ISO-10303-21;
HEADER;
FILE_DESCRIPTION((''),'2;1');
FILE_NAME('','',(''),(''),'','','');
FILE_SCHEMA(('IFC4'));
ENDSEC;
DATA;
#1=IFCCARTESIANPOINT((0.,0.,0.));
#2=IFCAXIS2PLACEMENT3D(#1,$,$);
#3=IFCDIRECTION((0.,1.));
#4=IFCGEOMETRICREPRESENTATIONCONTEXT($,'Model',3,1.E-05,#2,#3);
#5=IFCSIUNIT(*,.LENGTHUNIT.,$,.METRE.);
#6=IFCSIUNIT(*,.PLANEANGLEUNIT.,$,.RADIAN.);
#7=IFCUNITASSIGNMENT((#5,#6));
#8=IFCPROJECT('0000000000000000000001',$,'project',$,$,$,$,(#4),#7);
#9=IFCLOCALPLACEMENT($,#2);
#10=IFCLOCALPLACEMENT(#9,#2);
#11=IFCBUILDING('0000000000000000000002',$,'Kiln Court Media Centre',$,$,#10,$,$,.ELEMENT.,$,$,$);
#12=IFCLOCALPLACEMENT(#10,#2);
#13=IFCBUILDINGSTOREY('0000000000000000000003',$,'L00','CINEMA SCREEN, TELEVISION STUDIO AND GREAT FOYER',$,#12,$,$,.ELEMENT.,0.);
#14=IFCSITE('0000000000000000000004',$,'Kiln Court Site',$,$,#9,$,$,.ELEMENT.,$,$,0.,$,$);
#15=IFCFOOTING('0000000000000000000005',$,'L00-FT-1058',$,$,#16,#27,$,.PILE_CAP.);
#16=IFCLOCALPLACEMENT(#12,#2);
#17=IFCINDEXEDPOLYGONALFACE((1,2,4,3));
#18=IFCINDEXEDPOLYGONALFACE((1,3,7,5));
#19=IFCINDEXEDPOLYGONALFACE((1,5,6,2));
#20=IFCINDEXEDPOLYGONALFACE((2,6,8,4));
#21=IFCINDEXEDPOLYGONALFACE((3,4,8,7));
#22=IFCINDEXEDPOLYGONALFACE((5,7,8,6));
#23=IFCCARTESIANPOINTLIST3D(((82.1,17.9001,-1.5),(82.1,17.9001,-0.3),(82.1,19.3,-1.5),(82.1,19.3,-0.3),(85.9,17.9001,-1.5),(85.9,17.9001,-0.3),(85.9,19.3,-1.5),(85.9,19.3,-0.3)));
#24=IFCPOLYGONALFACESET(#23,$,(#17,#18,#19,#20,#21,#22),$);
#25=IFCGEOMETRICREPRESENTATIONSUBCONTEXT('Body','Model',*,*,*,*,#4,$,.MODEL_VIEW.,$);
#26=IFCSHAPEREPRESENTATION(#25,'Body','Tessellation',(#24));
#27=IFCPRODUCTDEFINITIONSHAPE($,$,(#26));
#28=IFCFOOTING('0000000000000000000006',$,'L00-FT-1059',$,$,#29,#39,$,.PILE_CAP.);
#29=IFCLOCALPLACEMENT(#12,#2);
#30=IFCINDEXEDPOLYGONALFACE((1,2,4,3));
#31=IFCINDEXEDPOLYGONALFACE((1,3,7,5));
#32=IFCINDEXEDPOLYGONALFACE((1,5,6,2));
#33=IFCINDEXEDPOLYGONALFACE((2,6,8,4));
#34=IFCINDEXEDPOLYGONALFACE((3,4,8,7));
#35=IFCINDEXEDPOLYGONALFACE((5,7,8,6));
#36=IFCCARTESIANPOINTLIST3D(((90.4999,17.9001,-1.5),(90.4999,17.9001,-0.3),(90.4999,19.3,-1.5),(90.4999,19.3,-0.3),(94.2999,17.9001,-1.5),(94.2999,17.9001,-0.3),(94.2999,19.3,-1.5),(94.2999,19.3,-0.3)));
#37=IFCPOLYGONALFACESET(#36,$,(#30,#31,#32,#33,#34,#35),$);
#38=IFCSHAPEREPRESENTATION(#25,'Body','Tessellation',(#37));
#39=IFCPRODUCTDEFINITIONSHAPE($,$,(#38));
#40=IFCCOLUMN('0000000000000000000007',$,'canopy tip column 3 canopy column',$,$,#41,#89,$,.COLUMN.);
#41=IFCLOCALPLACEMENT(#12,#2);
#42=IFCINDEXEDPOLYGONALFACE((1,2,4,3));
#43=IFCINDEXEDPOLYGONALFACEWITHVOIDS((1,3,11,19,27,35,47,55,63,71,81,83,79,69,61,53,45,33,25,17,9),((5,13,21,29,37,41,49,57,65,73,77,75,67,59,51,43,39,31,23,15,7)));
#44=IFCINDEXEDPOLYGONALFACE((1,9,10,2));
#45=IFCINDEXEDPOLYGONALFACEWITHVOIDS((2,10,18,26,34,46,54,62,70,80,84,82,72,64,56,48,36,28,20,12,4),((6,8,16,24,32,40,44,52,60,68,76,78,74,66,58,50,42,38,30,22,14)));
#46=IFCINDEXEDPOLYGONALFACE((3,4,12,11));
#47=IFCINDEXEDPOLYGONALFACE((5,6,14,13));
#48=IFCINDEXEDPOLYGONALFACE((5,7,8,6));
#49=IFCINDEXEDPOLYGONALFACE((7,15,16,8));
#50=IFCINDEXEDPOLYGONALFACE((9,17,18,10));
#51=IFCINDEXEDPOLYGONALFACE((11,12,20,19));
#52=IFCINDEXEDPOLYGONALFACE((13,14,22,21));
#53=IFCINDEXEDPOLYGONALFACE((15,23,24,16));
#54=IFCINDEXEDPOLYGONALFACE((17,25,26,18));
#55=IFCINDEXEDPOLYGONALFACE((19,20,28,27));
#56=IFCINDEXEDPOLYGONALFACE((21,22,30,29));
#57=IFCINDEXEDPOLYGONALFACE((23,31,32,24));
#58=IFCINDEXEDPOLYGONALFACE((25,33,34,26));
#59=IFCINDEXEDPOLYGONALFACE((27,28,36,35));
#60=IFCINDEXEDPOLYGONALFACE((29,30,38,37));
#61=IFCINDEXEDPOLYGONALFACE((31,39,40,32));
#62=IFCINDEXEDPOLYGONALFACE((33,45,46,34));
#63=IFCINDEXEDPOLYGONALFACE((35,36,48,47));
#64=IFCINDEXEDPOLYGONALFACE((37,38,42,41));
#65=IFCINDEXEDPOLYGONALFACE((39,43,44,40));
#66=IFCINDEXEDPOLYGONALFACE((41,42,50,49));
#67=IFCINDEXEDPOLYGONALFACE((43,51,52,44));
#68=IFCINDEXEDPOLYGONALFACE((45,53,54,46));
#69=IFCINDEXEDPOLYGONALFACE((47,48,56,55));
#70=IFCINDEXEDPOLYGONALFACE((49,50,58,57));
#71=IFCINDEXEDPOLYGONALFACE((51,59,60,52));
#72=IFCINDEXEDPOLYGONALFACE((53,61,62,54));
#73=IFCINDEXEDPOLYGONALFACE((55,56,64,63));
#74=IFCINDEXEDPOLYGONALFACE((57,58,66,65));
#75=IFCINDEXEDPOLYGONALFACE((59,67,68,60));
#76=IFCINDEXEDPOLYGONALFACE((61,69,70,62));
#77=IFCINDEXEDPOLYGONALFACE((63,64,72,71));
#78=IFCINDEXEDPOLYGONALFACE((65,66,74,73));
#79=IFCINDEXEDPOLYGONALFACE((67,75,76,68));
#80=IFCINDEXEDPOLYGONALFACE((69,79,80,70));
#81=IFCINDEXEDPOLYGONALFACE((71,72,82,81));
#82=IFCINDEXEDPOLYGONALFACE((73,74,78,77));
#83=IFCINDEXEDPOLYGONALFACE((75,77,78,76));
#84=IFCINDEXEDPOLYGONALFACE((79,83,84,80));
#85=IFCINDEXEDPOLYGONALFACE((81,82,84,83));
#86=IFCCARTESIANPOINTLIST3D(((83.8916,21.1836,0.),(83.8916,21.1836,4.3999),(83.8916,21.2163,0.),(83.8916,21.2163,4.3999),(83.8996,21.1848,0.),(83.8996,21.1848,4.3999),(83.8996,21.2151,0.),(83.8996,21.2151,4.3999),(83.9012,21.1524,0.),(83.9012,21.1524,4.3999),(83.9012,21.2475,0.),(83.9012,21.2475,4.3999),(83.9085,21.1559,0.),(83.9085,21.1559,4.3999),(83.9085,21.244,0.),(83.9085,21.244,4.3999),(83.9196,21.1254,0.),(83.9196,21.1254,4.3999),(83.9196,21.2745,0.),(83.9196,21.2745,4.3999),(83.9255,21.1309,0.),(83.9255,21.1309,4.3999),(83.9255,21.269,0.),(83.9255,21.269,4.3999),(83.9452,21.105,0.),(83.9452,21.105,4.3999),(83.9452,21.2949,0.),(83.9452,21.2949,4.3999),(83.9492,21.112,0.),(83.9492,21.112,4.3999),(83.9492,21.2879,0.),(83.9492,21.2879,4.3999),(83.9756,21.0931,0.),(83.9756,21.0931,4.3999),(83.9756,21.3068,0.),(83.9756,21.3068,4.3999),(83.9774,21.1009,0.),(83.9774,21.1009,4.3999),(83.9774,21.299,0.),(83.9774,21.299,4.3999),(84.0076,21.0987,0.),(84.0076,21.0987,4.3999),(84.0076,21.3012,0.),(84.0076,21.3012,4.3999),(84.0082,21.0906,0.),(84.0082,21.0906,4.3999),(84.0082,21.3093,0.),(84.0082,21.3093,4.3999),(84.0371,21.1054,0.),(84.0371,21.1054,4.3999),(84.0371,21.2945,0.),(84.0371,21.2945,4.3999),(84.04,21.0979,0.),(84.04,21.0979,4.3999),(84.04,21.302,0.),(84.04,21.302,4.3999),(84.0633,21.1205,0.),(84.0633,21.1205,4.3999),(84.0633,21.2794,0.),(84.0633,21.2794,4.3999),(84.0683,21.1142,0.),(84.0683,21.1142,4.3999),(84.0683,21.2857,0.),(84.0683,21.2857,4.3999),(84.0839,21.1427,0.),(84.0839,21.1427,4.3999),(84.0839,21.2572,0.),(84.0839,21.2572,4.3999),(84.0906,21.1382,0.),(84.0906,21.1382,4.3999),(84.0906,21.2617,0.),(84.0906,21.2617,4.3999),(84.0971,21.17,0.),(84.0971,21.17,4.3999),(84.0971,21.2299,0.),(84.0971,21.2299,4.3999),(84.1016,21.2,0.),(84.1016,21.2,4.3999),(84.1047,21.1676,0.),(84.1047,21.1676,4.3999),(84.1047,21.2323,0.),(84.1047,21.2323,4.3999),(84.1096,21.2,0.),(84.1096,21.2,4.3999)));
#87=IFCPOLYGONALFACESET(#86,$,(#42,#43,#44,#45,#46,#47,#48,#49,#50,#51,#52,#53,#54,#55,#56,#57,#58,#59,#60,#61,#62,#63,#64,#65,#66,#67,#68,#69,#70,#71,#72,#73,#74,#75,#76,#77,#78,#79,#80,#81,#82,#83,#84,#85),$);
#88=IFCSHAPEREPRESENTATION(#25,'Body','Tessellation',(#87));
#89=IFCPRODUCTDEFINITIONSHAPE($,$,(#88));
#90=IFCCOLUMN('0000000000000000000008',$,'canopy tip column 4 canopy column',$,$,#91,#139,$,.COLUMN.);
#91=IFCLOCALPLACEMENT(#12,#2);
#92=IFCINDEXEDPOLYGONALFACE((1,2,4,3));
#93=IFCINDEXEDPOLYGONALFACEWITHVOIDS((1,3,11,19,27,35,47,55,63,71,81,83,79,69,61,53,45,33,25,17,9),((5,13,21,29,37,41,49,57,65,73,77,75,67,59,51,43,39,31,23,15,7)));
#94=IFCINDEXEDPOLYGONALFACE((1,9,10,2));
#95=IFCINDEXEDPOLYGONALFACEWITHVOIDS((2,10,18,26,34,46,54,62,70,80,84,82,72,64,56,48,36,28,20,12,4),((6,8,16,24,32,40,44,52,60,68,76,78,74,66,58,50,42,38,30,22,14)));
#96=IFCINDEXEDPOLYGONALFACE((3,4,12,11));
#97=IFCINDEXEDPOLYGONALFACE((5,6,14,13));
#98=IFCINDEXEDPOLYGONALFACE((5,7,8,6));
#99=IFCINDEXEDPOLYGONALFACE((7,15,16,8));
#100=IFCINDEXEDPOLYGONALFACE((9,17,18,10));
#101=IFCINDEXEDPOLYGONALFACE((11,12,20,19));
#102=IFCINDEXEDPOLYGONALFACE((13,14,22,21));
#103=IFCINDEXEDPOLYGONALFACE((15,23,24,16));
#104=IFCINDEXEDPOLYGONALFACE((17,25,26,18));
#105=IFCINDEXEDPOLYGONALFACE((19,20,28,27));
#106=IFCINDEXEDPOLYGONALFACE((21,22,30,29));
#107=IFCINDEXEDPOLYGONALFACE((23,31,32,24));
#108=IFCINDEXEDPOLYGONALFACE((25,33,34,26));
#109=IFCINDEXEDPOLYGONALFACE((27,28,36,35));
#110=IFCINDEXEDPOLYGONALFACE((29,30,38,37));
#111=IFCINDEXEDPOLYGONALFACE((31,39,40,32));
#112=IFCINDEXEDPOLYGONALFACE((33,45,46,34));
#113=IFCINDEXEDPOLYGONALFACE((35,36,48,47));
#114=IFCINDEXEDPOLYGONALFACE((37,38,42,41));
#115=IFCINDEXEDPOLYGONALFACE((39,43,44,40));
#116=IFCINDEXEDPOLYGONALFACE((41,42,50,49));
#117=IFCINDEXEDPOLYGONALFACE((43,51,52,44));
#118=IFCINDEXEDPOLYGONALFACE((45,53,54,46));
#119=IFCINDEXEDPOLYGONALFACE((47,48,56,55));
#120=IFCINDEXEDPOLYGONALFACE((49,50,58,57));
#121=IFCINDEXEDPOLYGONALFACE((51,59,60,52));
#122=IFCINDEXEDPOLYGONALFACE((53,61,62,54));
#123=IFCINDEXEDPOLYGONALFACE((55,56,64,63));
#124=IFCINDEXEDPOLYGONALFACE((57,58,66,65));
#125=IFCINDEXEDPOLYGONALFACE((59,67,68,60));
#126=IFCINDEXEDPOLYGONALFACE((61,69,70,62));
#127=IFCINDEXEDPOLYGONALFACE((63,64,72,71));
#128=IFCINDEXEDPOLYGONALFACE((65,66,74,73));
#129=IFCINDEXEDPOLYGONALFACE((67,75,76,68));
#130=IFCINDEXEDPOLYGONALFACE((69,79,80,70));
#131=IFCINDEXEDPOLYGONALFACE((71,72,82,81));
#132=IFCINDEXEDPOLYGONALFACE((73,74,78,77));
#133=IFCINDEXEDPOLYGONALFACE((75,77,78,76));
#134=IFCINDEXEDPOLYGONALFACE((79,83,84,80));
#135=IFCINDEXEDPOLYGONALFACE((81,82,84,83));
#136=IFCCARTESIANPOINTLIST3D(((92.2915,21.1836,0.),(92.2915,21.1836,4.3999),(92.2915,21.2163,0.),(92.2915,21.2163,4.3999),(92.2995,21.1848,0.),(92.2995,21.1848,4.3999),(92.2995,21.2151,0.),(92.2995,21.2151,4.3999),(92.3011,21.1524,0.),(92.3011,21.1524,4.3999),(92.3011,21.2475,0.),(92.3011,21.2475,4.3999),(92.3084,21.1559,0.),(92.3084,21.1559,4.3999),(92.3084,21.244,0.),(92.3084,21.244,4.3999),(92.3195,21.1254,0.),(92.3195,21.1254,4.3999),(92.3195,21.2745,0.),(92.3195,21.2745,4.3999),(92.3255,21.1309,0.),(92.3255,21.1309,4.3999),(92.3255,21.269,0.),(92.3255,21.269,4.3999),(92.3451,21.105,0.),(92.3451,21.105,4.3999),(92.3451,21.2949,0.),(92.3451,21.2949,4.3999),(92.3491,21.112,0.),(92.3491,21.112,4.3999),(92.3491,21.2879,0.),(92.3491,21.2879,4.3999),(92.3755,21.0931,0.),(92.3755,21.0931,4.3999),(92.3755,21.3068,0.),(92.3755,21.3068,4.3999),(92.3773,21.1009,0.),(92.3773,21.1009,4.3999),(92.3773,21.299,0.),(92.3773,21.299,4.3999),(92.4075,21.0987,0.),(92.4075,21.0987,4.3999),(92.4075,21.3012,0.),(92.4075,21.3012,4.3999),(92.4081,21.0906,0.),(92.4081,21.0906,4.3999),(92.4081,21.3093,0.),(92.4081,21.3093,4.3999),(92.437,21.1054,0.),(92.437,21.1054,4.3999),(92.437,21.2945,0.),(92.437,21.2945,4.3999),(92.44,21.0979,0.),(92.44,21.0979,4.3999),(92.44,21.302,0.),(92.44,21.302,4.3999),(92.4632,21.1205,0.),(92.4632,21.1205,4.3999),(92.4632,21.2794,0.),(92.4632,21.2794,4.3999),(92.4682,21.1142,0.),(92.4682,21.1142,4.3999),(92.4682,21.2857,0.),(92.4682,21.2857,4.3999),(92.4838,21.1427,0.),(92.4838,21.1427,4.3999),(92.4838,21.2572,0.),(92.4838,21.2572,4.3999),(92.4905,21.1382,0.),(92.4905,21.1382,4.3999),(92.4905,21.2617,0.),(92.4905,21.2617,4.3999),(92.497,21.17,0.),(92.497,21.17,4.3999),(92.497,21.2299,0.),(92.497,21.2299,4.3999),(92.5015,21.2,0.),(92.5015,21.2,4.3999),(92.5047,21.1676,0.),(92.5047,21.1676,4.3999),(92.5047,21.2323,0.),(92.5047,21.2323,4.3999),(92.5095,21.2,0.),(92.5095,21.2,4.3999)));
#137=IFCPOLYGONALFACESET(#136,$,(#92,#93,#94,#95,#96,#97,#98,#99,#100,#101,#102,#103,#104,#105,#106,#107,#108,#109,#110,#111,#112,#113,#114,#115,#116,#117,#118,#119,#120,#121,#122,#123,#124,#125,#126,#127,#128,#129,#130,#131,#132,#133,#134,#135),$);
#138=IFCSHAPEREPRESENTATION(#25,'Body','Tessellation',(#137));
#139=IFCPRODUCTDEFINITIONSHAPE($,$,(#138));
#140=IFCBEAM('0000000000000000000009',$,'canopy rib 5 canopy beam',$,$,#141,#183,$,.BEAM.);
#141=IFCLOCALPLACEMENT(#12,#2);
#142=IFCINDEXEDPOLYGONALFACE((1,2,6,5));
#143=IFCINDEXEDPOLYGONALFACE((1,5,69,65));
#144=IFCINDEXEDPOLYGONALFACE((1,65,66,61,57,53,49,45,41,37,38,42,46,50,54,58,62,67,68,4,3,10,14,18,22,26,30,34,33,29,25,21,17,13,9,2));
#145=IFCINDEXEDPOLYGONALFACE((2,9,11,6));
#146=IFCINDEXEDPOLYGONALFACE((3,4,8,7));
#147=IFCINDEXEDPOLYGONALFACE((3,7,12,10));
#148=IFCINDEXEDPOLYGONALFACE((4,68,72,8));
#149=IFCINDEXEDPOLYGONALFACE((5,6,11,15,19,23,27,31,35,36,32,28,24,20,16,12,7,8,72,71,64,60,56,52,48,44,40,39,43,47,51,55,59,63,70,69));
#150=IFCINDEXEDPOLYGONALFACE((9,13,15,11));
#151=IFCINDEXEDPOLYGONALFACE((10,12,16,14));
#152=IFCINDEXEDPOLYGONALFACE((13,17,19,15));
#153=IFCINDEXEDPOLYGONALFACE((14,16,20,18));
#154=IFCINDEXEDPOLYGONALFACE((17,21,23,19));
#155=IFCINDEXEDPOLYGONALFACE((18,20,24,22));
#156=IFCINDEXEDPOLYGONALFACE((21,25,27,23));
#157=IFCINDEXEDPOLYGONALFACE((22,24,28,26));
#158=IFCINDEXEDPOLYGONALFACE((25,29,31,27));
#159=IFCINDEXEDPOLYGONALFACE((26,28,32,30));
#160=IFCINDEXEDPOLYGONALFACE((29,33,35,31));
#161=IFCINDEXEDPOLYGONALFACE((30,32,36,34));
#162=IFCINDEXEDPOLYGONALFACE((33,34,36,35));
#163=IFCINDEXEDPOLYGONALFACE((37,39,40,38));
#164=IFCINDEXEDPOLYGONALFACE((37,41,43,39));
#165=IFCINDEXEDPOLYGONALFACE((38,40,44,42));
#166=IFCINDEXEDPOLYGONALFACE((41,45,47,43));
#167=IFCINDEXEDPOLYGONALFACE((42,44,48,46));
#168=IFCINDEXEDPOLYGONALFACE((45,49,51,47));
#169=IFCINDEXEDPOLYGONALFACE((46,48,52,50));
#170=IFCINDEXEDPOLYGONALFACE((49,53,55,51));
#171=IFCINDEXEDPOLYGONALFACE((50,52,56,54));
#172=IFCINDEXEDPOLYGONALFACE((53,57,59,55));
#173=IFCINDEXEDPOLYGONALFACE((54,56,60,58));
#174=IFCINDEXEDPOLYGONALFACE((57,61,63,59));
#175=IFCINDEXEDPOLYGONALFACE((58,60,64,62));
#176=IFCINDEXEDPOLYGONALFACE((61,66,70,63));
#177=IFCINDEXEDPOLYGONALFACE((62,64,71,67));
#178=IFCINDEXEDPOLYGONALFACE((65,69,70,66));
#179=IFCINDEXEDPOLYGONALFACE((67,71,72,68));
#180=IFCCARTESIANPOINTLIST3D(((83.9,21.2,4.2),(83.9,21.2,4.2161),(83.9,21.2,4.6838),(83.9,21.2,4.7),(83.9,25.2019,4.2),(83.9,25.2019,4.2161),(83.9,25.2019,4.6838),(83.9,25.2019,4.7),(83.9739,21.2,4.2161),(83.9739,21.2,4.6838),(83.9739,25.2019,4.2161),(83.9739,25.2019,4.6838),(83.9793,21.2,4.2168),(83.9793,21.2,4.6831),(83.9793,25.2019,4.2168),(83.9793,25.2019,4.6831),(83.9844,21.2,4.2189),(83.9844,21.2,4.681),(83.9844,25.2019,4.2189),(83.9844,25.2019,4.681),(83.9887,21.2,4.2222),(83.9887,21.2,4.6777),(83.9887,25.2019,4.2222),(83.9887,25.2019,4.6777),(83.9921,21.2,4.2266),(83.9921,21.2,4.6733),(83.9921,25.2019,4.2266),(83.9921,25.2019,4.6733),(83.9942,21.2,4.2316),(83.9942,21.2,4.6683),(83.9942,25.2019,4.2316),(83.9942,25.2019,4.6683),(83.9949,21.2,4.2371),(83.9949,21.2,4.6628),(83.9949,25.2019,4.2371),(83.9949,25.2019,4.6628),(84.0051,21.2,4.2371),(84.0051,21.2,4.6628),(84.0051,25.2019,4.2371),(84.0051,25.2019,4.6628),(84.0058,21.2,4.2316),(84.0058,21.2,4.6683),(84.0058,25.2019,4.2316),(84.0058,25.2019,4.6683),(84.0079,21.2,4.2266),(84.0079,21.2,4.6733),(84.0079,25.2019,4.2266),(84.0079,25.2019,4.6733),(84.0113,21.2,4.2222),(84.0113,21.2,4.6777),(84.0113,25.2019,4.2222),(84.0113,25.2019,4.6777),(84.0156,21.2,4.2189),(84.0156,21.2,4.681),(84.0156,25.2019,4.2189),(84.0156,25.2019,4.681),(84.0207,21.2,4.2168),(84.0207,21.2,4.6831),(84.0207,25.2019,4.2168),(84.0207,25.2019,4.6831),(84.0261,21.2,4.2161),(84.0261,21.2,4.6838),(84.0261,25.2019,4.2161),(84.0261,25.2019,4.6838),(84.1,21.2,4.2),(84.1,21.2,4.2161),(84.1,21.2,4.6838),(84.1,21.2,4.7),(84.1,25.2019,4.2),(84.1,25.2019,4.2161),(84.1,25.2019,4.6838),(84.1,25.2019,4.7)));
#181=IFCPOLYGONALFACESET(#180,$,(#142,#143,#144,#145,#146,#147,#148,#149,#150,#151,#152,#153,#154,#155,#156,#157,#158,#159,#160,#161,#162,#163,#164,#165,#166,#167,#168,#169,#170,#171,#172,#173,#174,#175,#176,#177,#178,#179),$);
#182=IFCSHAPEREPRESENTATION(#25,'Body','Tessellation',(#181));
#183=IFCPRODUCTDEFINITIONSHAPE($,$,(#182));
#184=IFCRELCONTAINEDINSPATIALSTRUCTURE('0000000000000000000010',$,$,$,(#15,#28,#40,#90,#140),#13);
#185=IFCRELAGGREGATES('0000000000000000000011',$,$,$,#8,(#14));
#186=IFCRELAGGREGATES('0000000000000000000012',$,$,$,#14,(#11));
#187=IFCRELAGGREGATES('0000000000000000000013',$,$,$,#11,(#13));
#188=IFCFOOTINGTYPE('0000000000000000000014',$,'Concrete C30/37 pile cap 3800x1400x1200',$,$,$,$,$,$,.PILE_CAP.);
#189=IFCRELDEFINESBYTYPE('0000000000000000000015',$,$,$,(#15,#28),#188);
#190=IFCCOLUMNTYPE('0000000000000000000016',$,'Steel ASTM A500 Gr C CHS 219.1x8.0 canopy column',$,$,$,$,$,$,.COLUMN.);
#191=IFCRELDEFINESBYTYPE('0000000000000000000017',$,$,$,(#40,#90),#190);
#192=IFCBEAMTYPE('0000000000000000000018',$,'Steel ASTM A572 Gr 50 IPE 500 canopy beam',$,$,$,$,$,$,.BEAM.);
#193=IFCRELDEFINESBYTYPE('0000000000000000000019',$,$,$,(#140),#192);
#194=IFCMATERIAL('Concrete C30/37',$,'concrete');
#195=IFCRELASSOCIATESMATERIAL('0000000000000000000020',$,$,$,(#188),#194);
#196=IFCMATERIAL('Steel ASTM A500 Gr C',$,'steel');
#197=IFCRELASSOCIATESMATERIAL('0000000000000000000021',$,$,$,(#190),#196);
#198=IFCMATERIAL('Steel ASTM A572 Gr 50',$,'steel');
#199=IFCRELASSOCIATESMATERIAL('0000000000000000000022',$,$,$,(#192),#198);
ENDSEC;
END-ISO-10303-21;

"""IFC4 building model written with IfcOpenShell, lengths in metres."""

from ifc_helpers import new_model, si_unit, direction, frame, origin, origin_2d, place, context, subcontext, project, spatial, rectangle, hollow_circle, i_section, extrude, material, material_profile, profile_set, type_object, element, save


model = new_model("IFC4")

# Units and contexts
model_context = context("Model", 3, precision=1e-05, world=origin(), true_north=direction((0.0, 1.0)))
body_context = subcontext(model_context, "Body", "Model", "MODEL_VIEW")
ifc_project = project(units=[si_unit("LENGTHUNIT", "METRE"), si_unit("PLANEANGLEUNIT", "RADIAN")], contexts=[model_context])

# Site, building, storey
site_placement = place(None, origin())
site = spatial("IfcSite", under=ifc_project, at=site_placement, Name="Kiln Court Site", CompositionType="ELEMENT", RefElevation=0.0)
building_placement = place(site_placement, origin())
building = spatial("IfcBuilding", under=site, at=building_placement, Name="Kiln Court Media Centre", CompositionType="ELEMENT")
storey_placement = place(building_placement, origin())
storey = spatial("IfcBuildingStorey", under=building, at=storey_placement, Name="L00", Description="CINEMA SCREEN, TELEVISION STUDIO AND GREAT FOYER", CompositionType="ELEMENT", Elevation=0.0)

# Footings
ifc_material_1 = material(Name="Concrete C30/37", Category="concrete")
footing_type_1 = type_object("IfcFootingType", Name="Concrete C30/37 pile cap 3800x1400x1200", PredefinedType="PILE_CAP", material=ifc_material_1)
for number, where, z_axis, x_axis, name in (
    (1, (84.0, 18.6001, -1.5), (0.0, 0.0, 1.0), (1.0, 0.0, 0.0), "L00-FT-1058"),
    (2, (92.3999, 18.6001, -1.5), (0.0, 0.0, 1.0), (1.0, 0.0, 0.0), "L00-FT-1059"),
):
    element("IfcFooting", number, at=place(storey_placement, frame(where, z_axis=z_axis, x_axis=x_axis)), inside=storey, type_object=footing_type_1, Name=name, PredefinedType="PILE_CAP", context=body_context, shape_type="SweptSolid", body=[
        extrude(rectangle(XDim=3.8, YDim=1.3999, at=origin_2d()), origin(), (0.0, 0.0, 1.0), 1.2),
    ])

# Columns
ifc_material_2 = material(Name="Steel ASTM A500 Gr C", Category="steel")
ifc_material_profile_1 = material_profile(ifc_material_2, hollow_circle(Radius=0.1096, WallThickness=0.0081, at=origin_2d()), Name="CHS 219.1x8.0")
ifc_profile_set_1 = profile_set([ifc_material_profile_1], Name="Steel ASTM A500 Gr C")
column_type = type_object("IfcColumnType", Name="Steel ASTM A500 Gr C CHS 219.1x8.0 canopy column", PredefinedType="COLUMN", material=ifc_profile_set_1)
for number, where, z_axis, x_axis, name in (
    (3, (84.0, 21.2, 0.0), (0.0, 0.0, 1.0), (1.0, 0.0, 0.0), "canopy tip column 3 canopy column"),
    (4, (92.3999, 21.2, 0.0), (0.0, 0.0, 1.0), (1.0, 0.0, 0.0), "canopy tip column 4 canopy column"),
):
    element("IfcColumn", number, at=place(storey_placement, frame(where, z_axis=z_axis, x_axis=x_axis)), inside=storey, type_object=column_type, Name=name, PredefinedType="COLUMN", context=body_context, shape_type="SweptSolid", body=[
        extrude(hollow_circle(Radius=0.1096, WallThickness=0.0081, at=origin_2d()), origin(), (0.0, 0.0, 1.0), 4.3999),
    ])

# Beam
ifc_material_3 = material(Name="Steel ASTM A572 Gr 50", Category="steel")
ifc_material_profile_2 = material_profile(ifc_material_3, i_section(OverallWidth=0.2, OverallDepth=0.5, WebThickness=0.0103, FlangeThickness=0.0161, FilletRadius=0.021, at=origin_2d()), Name="IPE 500")
ifc_profile_set_2 = profile_set([ifc_material_profile_2], Name="Steel ASTM A572 Gr 50")
beam_type = type_object("IfcBeamType", Name="Steel ASTM A572 Gr 50 IPE 500 canopy beam", PredefinedType="BEAM", material=ifc_profile_set_2)
for number, where, z_axis, x_axis, name in (
    (5, (84.0, 21.2, 4.45), (0.0, 1.0, 0.0), (-1.0, 0.0, 0.0), "canopy rib 5 canopy beam"),
):
    element("IfcBeam", number, at=place(storey_placement, frame(where, z_axis=z_axis, x_axis=x_axis)), inside=storey, type_object=beam_type, Name=name, PredefinedType="BEAM", context=body_context, shape_type="SweptSolid", body=[
        extrude(i_section(OverallWidth=0.2, OverallDepth=0.5, WebThickness=0.0103, FlangeThickness=0.0161, FilletRadius=0.021, at=origin_2d()), origin(), (0.0, 0.0, 1.0), 4.002),
    ])

save(model, "model.ifc")
